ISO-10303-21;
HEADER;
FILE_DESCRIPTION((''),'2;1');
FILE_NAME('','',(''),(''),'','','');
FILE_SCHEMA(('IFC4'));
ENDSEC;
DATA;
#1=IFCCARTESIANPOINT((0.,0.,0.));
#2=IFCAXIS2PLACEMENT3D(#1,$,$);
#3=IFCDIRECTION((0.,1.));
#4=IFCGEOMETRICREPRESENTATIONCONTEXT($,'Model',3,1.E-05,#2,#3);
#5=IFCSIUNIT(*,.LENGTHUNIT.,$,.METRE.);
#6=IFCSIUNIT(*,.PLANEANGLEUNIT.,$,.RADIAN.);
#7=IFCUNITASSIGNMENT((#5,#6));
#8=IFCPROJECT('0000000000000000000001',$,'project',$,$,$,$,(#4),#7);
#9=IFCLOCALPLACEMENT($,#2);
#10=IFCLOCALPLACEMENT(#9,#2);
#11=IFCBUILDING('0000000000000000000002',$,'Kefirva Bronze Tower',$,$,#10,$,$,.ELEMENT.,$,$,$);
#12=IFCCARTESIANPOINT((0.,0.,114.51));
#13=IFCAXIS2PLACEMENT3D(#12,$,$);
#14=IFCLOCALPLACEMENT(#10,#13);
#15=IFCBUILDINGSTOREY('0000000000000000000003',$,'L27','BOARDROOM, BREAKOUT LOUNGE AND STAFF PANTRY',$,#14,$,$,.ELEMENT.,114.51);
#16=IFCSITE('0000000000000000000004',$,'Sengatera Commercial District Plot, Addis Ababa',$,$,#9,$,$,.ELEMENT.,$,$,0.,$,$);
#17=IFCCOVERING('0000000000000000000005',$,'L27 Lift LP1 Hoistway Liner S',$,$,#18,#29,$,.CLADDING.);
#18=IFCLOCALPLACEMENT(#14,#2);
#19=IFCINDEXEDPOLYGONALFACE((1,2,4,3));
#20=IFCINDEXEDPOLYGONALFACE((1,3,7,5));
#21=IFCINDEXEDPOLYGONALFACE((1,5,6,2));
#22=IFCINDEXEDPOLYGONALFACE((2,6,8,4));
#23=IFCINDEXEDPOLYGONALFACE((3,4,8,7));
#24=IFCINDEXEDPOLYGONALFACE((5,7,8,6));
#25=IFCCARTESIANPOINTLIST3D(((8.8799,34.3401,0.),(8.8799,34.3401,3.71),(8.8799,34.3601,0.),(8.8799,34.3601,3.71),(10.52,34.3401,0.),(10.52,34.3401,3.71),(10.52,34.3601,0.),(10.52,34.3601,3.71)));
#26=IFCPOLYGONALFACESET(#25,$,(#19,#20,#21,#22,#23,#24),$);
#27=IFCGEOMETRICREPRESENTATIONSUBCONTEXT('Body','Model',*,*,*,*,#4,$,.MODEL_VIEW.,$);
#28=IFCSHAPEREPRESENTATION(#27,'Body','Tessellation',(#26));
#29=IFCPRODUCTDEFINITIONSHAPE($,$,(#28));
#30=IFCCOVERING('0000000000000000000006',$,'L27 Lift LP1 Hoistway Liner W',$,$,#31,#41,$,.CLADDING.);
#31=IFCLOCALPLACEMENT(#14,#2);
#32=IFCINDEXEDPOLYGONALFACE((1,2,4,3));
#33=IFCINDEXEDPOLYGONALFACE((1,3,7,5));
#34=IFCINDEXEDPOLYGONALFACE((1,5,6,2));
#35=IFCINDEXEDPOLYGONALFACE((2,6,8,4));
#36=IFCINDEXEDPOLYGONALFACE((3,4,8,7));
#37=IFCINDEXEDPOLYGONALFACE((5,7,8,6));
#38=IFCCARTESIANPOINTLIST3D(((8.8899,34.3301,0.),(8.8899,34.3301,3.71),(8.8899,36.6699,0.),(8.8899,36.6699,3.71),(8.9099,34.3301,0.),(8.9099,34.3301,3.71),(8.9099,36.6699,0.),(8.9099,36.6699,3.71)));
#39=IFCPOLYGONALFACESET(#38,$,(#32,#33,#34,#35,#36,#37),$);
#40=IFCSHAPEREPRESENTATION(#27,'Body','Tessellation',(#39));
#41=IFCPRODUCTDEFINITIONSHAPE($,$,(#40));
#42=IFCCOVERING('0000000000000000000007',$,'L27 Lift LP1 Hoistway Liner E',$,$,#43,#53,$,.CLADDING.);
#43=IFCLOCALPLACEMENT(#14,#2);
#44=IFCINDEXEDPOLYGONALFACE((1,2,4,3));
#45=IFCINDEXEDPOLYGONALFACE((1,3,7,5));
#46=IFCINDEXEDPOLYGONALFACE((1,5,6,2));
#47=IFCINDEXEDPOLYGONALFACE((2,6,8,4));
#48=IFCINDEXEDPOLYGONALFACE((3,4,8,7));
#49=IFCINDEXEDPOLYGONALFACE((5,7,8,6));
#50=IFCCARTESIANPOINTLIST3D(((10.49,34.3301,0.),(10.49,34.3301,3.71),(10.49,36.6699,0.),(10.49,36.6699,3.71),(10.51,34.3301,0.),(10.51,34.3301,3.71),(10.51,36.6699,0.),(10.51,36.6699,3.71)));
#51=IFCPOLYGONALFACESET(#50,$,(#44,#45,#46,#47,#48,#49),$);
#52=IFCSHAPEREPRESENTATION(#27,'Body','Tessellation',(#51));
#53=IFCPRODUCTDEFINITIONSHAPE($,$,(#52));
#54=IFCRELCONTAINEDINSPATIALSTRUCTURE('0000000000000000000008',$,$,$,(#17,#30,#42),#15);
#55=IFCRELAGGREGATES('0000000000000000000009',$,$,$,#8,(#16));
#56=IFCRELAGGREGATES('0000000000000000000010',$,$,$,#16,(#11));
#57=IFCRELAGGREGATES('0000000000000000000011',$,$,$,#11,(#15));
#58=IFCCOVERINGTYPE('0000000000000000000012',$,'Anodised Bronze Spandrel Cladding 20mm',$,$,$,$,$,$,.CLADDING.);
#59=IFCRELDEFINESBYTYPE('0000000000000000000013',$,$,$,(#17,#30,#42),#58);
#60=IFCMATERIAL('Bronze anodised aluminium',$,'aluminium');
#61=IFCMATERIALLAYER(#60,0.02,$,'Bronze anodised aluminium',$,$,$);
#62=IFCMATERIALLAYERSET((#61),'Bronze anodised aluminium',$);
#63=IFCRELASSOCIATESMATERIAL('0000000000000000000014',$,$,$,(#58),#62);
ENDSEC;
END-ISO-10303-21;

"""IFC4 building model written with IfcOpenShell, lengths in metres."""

from ifc_helpers import new_model, si_unit, direction, frame, origin, place, context, subcontext, project, spatial, polyline, outline, extrude, material, layer, layer_set, type_object, element, save


model = new_model("IFC4")

# Units and contexts
model_context = context("Model", 3, precision=1e-05, world=origin(), true_north=direction((0.0, 1.0)))
body_context = subcontext(model_context, "Body", "Model", "MODEL_VIEW")
ifc_project = project(units=[si_unit("LENGTHUNIT", "METRE"), si_unit("PLANEANGLEUNIT", "RADIAN")], contexts=[model_context])

# Site, building, storey
site_placement = place(None, origin())
site = spatial("IfcSite", under=ifc_project, at=site_placement, Name="Sengatera Commercial District Plot, Addis Ababa", CompositionType="ELEMENT", RefElevation=0.0)
building_placement = place(site_placement, origin())
building = spatial("IfcBuilding", under=site, at=building_placement, Name="Kefirva Bronze Tower", CompositionType="ELEMENT")
storey_placement = place(building_placement, frame((0.0, 0.0, 114.51)))
storey = spatial("IfcBuildingStorey", under=building, at=storey_placement, Name="L27", Description="BOARDROOM, BREAKOUT LOUNGE AND STAFF PANTRY", CompositionType="ELEMENT", Elevation=114.51)

# Coverings
ifc_material_1 = material(Name="Bronze anodised aluminium", Category="aluminium")
ifc_layer_1 = layer(ifc_material_1, 0.02, Name="Bronze anodised aluminium")
ifc_layer_set_1 = layer_set([ifc_layer_1], Name="Bronze anodised aluminium")
covering_type = type_object("IfcCoveringType", Name="Anodised Bronze Spandrel Cladding 20mm", PredefinedType="CLADDING", material=ifc_layer_set_1)
covering_1_placement = place(storey_placement, origin())
element("IfcCovering", 1, at=covering_1_placement, inside=storey, type_object=covering_type, Name="L27 Lift LP1 Hoistway Liner S", PredefinedType="CLADDING", context=body_context, shape_type="SweptSolid", body=[
    extrude(outline(polyline([(8.8799, 34.3401), (10.52, 34.3401), (10.52, 34.3601), (8.8799, 34.3601), (8.8799, 34.3401)])), origin(), (0.0, 0.0, 1.0), 3.71),
])
covering_2_placement = place(storey_placement, origin())
element("IfcCovering", 2, at=covering_2_placement, inside=storey, type_object=covering_type, Name="L27 Lift LP1 Hoistway Liner W", PredefinedType="CLADDING", context=body_context, shape_type="SweptSolid", body=[
    extrude(outline(polyline([(8.8899, 34.3301), (8.9099, 34.3301), (8.9099, 36.6699), (8.8899, 36.6699), (8.8899, 34.3301)])), origin(), (0.0, 0.0, 1.0), 3.71),
])
covering_3_placement = place(storey_placement, origin())
element("IfcCovering", 3, at=covering_3_placement, inside=storey, type_object=covering_type, Name="L27 Lift LP1 Hoistway Liner E", PredefinedType="CLADDING", context=body_context, shape_type="SweptSolid", body=[
    extrude(outline(polyline([(10.49, 34.3301), (10.51, 34.3301), (10.51, 36.6699), (10.49, 36.6699), (10.49, 34.3301)])), origin(), (0.0, 0.0, 1.0), 3.71),
])

save(model, "model.ifc")
